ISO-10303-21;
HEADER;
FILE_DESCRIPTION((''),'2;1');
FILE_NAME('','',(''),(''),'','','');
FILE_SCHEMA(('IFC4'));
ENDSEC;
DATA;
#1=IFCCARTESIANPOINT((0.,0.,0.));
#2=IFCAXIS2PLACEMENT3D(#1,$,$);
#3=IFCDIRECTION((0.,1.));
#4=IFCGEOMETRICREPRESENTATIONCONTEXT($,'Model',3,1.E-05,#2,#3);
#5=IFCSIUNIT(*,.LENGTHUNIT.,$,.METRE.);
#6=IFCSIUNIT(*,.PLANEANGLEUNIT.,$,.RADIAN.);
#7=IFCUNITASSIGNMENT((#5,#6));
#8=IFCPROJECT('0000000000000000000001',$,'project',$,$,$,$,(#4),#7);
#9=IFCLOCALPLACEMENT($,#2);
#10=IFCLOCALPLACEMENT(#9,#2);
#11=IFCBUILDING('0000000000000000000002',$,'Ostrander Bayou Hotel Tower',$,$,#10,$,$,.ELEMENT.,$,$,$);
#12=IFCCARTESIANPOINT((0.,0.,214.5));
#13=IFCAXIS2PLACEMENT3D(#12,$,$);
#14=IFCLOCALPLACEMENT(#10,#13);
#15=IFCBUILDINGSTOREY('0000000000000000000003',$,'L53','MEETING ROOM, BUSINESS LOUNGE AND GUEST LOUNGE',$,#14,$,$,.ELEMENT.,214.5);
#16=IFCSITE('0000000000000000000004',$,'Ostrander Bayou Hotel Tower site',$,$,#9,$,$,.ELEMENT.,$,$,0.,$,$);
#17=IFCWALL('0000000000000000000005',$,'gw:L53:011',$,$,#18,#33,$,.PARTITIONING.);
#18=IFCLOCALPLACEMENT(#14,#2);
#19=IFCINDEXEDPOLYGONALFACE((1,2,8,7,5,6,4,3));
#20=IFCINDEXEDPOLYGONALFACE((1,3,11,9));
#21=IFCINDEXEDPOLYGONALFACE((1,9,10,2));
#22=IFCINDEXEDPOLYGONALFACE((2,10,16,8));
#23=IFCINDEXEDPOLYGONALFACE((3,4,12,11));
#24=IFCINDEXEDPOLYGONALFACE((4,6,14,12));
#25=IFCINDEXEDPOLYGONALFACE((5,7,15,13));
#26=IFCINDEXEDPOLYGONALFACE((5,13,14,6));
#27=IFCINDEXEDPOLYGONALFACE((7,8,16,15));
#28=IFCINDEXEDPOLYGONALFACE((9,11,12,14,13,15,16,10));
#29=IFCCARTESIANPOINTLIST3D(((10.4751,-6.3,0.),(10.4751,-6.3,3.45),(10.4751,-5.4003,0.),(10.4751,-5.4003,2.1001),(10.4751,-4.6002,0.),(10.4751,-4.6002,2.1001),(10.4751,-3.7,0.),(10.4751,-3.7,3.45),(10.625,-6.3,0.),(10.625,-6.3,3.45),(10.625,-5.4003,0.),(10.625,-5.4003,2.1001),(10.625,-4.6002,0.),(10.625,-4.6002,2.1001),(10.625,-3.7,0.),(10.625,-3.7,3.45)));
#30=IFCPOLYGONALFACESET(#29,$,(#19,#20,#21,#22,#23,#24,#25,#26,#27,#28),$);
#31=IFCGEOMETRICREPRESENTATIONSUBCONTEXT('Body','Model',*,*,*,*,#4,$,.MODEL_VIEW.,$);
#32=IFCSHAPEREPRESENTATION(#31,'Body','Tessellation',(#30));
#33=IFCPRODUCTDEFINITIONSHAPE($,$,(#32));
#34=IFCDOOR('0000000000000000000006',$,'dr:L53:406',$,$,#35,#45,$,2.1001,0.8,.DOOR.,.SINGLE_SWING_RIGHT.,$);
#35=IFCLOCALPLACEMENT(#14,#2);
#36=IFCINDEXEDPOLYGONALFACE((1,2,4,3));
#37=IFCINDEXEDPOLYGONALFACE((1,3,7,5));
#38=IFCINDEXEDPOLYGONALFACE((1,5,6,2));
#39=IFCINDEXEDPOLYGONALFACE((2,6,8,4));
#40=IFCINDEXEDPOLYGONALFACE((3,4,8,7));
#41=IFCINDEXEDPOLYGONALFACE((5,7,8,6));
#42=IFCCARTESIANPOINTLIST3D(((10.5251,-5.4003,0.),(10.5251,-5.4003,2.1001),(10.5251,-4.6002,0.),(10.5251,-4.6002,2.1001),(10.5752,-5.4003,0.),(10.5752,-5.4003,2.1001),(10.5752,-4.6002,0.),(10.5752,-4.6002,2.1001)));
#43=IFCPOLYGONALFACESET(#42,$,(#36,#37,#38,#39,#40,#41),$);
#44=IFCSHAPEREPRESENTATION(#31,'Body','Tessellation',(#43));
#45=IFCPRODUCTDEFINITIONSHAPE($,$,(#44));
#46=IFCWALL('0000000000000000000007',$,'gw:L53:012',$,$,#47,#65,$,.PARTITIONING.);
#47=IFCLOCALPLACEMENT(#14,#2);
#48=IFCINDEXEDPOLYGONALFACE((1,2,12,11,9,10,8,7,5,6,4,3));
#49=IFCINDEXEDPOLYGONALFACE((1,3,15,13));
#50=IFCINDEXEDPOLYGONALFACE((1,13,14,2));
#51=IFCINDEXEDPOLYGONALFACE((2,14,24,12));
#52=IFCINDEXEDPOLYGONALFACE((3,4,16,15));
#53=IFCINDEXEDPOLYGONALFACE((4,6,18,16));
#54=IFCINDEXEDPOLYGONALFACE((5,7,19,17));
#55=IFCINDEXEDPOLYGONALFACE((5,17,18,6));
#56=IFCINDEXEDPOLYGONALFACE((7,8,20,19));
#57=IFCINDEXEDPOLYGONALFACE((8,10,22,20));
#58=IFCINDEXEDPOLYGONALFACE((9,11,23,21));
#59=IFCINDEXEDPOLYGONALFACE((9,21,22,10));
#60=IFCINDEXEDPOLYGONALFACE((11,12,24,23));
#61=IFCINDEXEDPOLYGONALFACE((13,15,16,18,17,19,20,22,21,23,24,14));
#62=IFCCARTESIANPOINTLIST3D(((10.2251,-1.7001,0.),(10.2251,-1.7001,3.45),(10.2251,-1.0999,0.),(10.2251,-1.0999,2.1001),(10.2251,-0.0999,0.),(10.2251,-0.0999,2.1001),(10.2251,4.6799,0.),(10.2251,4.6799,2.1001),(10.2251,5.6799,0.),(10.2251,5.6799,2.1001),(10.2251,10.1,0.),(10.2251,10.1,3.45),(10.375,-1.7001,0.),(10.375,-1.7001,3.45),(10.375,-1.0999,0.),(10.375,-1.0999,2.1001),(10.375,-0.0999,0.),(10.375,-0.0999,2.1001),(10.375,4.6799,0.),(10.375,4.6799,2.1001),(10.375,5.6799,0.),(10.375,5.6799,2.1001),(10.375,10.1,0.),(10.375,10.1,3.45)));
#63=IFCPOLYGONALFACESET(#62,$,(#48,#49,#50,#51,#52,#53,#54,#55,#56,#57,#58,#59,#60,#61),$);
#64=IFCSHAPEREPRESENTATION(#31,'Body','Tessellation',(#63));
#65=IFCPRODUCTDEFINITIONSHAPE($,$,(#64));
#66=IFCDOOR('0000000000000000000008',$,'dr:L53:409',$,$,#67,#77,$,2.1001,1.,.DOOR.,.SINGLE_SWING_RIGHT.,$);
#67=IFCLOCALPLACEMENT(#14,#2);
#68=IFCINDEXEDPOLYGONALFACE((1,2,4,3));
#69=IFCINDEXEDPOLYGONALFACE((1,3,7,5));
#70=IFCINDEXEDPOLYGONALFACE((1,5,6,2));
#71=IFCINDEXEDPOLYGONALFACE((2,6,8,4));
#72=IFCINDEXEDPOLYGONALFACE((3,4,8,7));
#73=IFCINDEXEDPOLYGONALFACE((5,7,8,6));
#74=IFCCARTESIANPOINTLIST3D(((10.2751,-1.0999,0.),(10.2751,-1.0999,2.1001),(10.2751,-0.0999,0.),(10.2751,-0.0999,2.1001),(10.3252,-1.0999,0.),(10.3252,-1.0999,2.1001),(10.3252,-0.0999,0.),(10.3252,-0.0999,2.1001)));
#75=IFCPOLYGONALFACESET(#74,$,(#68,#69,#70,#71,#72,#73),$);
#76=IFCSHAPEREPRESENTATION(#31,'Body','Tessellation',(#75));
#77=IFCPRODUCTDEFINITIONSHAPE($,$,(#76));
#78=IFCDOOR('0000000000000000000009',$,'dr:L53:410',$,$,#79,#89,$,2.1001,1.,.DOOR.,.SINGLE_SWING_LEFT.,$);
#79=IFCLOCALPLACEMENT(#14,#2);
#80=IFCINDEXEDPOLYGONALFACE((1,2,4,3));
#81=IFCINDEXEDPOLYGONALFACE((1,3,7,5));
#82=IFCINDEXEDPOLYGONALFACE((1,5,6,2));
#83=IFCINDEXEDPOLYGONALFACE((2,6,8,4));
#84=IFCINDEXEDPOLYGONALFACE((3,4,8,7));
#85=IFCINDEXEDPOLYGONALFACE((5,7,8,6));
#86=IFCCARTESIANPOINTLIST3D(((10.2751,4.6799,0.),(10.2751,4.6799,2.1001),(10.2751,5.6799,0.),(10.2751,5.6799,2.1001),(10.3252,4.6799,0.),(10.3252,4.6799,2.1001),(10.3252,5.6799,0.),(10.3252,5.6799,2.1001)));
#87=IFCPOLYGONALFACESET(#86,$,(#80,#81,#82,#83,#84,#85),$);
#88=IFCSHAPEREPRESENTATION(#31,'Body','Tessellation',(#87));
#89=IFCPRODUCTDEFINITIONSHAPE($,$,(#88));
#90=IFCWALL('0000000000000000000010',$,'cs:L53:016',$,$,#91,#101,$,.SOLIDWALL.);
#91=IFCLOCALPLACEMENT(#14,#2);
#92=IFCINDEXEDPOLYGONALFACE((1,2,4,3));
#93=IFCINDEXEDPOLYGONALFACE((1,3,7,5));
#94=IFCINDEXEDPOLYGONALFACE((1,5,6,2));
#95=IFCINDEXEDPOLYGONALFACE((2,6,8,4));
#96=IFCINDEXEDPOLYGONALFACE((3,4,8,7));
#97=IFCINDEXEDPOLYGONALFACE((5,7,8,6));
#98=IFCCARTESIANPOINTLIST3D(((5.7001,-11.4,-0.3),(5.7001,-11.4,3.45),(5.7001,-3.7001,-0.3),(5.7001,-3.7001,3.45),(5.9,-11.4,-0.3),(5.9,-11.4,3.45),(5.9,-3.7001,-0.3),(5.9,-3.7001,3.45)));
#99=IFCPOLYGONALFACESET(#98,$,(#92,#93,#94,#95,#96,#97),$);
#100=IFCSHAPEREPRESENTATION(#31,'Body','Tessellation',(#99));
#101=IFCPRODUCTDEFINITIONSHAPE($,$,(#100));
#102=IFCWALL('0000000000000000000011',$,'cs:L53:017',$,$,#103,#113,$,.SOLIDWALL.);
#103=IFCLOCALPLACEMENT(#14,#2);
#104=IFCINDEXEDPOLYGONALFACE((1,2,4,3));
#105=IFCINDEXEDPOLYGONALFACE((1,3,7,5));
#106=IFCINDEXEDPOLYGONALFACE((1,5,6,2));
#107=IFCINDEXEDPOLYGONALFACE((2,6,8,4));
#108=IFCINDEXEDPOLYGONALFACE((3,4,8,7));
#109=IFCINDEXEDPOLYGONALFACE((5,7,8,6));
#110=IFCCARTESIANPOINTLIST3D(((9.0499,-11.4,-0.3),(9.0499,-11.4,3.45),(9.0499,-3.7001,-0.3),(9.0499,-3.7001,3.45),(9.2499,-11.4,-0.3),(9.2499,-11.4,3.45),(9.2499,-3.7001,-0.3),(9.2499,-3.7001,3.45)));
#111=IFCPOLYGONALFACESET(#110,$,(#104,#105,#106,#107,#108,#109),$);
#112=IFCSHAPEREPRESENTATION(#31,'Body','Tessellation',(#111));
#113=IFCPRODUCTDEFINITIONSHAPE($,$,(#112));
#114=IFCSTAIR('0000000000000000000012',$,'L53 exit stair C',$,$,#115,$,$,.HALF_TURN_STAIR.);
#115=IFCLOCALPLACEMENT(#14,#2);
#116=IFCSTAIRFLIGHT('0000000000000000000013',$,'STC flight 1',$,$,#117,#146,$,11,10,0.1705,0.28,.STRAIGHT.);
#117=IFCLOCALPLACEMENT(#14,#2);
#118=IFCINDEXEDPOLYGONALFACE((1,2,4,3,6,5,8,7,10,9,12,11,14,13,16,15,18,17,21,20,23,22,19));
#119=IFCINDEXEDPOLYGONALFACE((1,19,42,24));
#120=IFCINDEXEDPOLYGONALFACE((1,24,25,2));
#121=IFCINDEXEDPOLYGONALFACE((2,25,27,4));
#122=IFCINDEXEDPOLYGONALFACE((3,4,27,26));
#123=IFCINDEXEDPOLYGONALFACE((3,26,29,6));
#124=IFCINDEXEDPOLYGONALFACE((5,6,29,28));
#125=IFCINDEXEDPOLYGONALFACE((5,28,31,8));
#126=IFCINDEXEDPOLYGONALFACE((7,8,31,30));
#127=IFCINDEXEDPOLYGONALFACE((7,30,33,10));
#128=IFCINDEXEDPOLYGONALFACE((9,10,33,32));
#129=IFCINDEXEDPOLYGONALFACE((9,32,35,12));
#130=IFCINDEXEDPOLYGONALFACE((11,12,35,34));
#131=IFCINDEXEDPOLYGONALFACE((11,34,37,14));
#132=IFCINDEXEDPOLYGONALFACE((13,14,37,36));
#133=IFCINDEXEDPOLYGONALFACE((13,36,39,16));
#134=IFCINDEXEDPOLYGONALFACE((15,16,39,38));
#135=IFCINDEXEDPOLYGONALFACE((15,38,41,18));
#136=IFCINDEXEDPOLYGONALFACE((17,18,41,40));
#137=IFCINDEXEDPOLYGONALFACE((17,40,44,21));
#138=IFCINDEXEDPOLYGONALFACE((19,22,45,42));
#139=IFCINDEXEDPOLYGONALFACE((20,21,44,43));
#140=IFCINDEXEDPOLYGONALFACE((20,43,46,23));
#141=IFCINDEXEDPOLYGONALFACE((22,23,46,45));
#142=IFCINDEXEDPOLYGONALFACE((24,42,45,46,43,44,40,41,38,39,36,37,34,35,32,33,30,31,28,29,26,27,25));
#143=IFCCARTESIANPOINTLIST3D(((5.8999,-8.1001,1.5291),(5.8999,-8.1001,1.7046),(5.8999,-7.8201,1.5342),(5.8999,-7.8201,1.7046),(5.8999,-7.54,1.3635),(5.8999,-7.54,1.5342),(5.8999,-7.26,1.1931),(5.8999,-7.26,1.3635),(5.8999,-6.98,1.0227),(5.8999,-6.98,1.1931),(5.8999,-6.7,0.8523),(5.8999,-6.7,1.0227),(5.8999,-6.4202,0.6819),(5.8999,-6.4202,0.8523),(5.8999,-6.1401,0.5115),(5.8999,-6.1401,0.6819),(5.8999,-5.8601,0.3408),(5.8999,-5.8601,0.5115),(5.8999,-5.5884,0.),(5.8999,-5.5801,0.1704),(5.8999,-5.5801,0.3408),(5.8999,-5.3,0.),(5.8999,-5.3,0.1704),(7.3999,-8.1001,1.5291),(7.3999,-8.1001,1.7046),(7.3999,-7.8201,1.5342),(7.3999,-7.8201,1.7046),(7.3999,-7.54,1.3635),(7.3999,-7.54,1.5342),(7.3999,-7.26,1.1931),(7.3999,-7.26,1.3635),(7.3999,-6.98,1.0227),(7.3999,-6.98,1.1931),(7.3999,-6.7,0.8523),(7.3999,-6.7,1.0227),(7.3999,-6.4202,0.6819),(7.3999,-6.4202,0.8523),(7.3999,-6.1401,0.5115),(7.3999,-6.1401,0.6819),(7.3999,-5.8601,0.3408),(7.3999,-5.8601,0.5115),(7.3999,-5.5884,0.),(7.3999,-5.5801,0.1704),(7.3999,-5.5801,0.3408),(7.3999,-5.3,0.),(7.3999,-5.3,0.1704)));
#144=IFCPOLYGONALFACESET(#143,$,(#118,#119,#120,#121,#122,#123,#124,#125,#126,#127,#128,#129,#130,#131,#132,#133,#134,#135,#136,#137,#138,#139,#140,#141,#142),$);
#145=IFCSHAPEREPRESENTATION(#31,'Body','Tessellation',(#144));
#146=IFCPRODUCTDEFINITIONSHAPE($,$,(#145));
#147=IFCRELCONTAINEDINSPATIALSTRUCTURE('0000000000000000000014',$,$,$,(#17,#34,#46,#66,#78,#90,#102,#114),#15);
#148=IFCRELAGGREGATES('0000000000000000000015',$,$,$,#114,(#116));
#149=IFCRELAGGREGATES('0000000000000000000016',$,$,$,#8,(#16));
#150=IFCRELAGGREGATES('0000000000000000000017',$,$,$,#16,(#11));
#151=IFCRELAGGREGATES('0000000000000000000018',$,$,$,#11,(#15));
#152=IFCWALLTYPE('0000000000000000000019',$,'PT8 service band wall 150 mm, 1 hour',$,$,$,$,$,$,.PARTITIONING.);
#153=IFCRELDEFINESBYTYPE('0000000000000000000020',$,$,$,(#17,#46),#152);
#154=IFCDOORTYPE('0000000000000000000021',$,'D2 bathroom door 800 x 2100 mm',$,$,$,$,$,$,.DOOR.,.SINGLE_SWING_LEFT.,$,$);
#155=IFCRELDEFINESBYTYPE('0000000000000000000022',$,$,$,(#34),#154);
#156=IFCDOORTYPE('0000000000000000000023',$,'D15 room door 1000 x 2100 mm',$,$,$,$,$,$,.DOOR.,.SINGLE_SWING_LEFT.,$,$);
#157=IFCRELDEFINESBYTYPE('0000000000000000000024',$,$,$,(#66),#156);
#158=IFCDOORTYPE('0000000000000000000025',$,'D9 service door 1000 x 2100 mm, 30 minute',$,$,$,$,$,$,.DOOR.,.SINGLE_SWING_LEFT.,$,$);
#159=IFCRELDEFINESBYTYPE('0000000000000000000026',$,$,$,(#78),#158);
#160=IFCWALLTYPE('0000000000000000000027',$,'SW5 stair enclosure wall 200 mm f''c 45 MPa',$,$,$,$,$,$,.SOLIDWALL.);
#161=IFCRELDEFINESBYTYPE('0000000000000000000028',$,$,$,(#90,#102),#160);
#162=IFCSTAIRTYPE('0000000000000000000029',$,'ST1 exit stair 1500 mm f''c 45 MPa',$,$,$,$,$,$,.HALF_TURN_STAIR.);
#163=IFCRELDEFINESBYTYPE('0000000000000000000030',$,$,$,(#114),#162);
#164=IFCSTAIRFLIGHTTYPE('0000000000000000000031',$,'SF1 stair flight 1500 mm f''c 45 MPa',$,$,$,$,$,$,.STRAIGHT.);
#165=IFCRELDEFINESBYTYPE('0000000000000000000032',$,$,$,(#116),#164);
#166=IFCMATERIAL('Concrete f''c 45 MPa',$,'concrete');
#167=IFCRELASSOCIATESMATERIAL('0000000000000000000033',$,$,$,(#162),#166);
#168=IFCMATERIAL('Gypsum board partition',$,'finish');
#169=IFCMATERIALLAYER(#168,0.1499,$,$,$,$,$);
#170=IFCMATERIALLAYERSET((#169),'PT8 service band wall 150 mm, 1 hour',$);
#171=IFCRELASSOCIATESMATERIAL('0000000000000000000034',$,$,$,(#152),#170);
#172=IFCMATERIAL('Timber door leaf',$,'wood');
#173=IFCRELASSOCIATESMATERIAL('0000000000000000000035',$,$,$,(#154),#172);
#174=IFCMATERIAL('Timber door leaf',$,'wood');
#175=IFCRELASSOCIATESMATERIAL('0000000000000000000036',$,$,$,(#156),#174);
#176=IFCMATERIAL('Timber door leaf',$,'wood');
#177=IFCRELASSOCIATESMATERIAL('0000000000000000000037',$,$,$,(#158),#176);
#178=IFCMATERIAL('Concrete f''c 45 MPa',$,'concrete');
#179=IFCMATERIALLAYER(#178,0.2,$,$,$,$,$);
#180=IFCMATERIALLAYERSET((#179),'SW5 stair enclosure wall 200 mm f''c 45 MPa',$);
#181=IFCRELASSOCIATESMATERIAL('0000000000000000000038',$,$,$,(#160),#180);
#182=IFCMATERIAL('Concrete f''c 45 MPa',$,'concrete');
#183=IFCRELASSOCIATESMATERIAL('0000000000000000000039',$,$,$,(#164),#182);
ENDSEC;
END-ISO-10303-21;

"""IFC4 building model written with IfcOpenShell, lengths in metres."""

from ifc_helpers import new_model, si_unit, direction, frame, frame_2d, origin, place, context, subcontext, project, spatial, polyline, rectangle, outline, extrude, material, layer, layer_set, type_object, element, fill, aggregate, save


model = new_model("IFC4")

# Units and contexts
model_context = context("Model", 3, precision=1e-05, world=origin(), true_north=direction((0.0, 1.0)))
body_context = subcontext(model_context, "Body", "Model", "MODEL_VIEW")
ifc_project = project(units=[si_unit("LENGTHUNIT", "METRE"), si_unit("PLANEANGLEUNIT", "RADIAN")], contexts=[model_context])

# Site, building, storey
site_placement = place(None, origin())
site = spatial("IfcSite", under=ifc_project, at=site_placement, Name="Ostrander Bayou Hotel Tower site", CompositionType="ELEMENT", RefElevation=0.0)
building_placement = place(site_placement, origin())
building = spatial("IfcBuilding", under=site, at=building_placement, Name="Ostrander Bayou Hotel Tower", CompositionType="ELEMENT")
storey_placement = place(building_placement, frame((0.0, 0.0, 214.5)))
storey = spatial("IfcBuildingStorey", under=building, at=storey_placement, Name="L53", Description="MEETING ROOM, BUSINESS LOUNGE AND GUEST LOUNGE", CompositionType="ELEMENT", Elevation=214.5)

# Shared definitions
ifc_material_1 = material(Name="Concrete f'c 45 MPa", Category="concrete")
stair_type = type_object("IfcStairType", Name="ST1 exit stair 1500 mm f'c 45 MPa", PredefinedType="HALF_TURN_STAIR", material=ifc_material_1)

# Shared definitions
ifc_material_2 = material(Name="Gypsum board partition", Category="finish")
ifc_layer_1 = layer(ifc_material_2, 0.1499)
ifc_layer_set_1 = layer_set([ifc_layer_1], Name="PT8 service band wall 150 mm, 1 hour")
wall_type_1 = type_object("IfcWallType", Name="PT8 service band wall 150 mm, 1 hour", PredefinedType="PARTITIONING", material=ifc_layer_set_1)

# Wall, opening, door
wall_1_placement = place(storey_placement, frame((10.55, -6.3, 0.0), z_axis=(0.0, 0.0, 1.0), x_axis=(0.0, 1.0, 0.0)))
wall_1 = element("IfcWall", 1, at=wall_1_placement, inside=storey, type_object=wall_type_1, Name="gw:L53:011", PredefinedType="PARTITIONING", context=body_context, shape_type="SweptSolid", body=[
    extrude(rectangle(XDim=2.6001, YDim=0.1499, at=frame_2d((1.3, 0.0))), origin(), (0.0, 0.0, 1.0), 3.45),
])
opening_1_placement = place(wall_1_placement, frame((0.8999, 0.0, 0.0)))
opening_1 = element("IfcOpeningElement", 2, at=opening_1_placement, cuts=wall_1, PredefinedType="OPENING", context=body_context, shape_type="SweptSolid", body=[
    extrude(rectangle(XDim=0.8, YDim=2.1001, at=frame_2d((0.3999, 1.05))), frame((0.0, 0.075, 0.0), z_axis=(0.0, -1.0, 0.0), x_axis=(1.0, 0.0, 0.0)), (0.0, 0.0, 1.0), 0.1499),
])
ifc_material_3 = material(Name="Timber door leaf", Category="wood")
door_type_1 = type_object("IfcDoorType", Name="D2 bathroom door 800 x 2100 mm", OperationType="SINGLE_SWING_LEFT", PredefinedType="DOOR", material=ifc_material_3)
door_1_placement = place(opening_1_placement, origin())
door_1 = element("IfcDoor", 3, at=door_1_placement, inside=storey, type_object=door_type_1, Name="dr:L53:406", OperationType="SINGLE_SWING_RIGHT", OverallHeight=2.1001, OverallWidth=0.8, PredefinedType="DOOR", context=body_context, shape_type="SweptSolid", body=[
    extrude(rectangle(XDim=0.8, YDim=2.1001, at=frame_2d((0.3999, 1.05))), frame((0.0, 0.0249, 0.0), z_axis=(0.0, -1.0, 0.0), x_axis=(1.0, 0.0, 0.0)), (0.0, 0.0, 1.0), 0.05),
])
fill(opening_1, door_1)

# Wall, openings, doors
wall_2_placement = place(storey_placement, frame((10.3, -1.7, 0.0), z_axis=(0.0, 0.0, 1.0), x_axis=(0.0, 1.0, 0.0)))
wall_2 = element("IfcWall", 4, at=wall_2_placement, inside=storey, type_object=wall_type_1, Name="gw:L53:012", PredefinedType="PARTITIONING", context=body_context, shape_type="SweptSolid", body=[
    extrude(rectangle(XDim=11.8, YDim=0.1499, at=frame_2d((5.8999, 0.0))), origin(), (0.0, 0.0, 1.0), 3.45),
])
opening_2_placement = place(wall_2_placement, frame((0.6001, 0.0, 0.0)))
opening_2 = element("IfcOpeningElement", 5, at=opening_2_placement, cuts=wall_2, PredefinedType="OPENING", context=body_context, shape_type="SweptSolid", body=[
    extrude(rectangle(XDim=1.0, YDim=2.1001, at=frame_2d((0.5, 1.05))), frame((0.0, 0.075, 0.0), z_axis=(0.0, -1.0, 0.0), x_axis=(1.0, 0.0, 0.0)), (0.0, 0.0, 1.0), 0.1499),
])
opening_3_placement = place(wall_2_placement, frame((6.3799, 0.0, 0.0)))
opening_3 = element("IfcOpeningElement", 6, at=opening_3_placement, cuts=wall_2, PredefinedType="OPENING", context=body_context, shape_type="SweptSolid", body=[
    extrude(rectangle(XDim=1.0, YDim=2.1001, at=frame_2d((0.5, 1.05))), frame((0.0, 0.075, 0.0), z_axis=(0.0, -1.0, 0.0), x_axis=(1.0, 0.0, 0.0)), (0.0, 0.0, 1.0), 0.1499),
])
ifc_material_4 = material(Name="Timber door leaf", Category="wood")
door_type_2 = type_object("IfcDoorType", Name="D15 room door 1000 x 2100 mm", OperationType="SINGLE_SWING_LEFT", PredefinedType="DOOR", material=ifc_material_4)
door_2_placement = place(opening_2_placement, origin())
door_2 = element("IfcDoor", 7, at=door_2_placement, inside=storey, type_object=door_type_2, Name="dr:L53:409", OperationType="SINGLE_SWING_RIGHT", OverallHeight=2.1001, OverallWidth=1.0, PredefinedType="DOOR", context=body_context, shape_type="SweptSolid", body=[
    extrude(rectangle(XDim=1.0, YDim=2.1001, at=frame_2d((0.5, 1.05))), frame((0.0, 0.0249, 0.0), z_axis=(0.0, -1.0, 0.0), x_axis=(1.0, 0.0, 0.0)), (0.0, 0.0, 1.0), 0.05),
])
fill(opening_2, door_2)
ifc_material_5 = material(Name="Timber door leaf", Category="wood")
door_type_3 = type_object("IfcDoorType", Name="D9 service door 1000 x 2100 mm, 30 minute", OperationType="SINGLE_SWING_LEFT", PredefinedType="DOOR", material=ifc_material_5)
door_3_placement = place(opening_3_placement, origin())
door_3 = element("IfcDoor", 8, at=door_3_placement, inside=storey, type_object=door_type_3, Name="dr:L53:410", OperationType="SINGLE_SWING_LEFT", OverallHeight=2.1001, OverallWidth=1.0, PredefinedType="DOOR", context=body_context, shape_type="SweptSolid", body=[
    extrude(rectangle(XDim=1.0, YDim=2.1001, at=frame_2d((0.5, 1.05))), frame((0.0, 0.0249, 0.0), z_axis=(0.0, -1.0, 0.0), x_axis=(1.0, 0.0, 0.0)), (0.0, 0.0, 1.0), 0.05),
])
fill(opening_3, door_3)

# Shared definitions
ifc_material_6 = material(Name="Concrete f'c 45 MPa", Category="concrete")
ifc_layer_2 = layer(ifc_material_6, 0.2)
ifc_layer_set_2 = layer_set([ifc_layer_2], Name="SW5 stair enclosure wall 200 mm f'c 45 MPa")
wall_type_2 = type_object("IfcWallType", Name="SW5 stair enclosure wall 200 mm f'c 45 MPa", PredefinedType="SOLIDWALL", material=ifc_layer_set_2)

# Walls
for number, where, z_axis, x_axis, name in (
    (9, (5.8, -3.7, -0.3), (0.0, 0.0, 1.0), (0.0, -1.0, 0.0), "cs:L53:016"),
    (10, (9.1499, -3.7, -0.3), (0.0, 0.0, 1.0), (0.0, -1.0, 0.0), "cs:L53:017"),
):
    element("IfcWall", number, at=place(storey_placement, frame(where, z_axis=z_axis, x_axis=x_axis)), inside=storey, type_object=wall_type_2, Name=name, PredefinedType="SOLIDWALL", context=body_context, shape_type="SweptSolid", body=[
        extrude(rectangle(XDim=7.7, YDim=0.2, at=frame_2d((3.8501, 0.0))), origin(), (0.0, 0.0, 1.0), 3.75),
    ])

# Stair, stair flight
stair_1_placement = place(storey_placement, origin())
stair_1 = element("IfcStair", 11, at=stair_1_placement, inside=storey, type_object=stair_type, Name="L53 exit stair C", PredefinedType="HALF_TURN_STAIR")
ifc_material_7 = material(Name="Concrete f'c 45 MPa", Category="concrete")
stair_flight_type = type_object("IfcStairFlightType", Name="SF1 stair flight 1500 mm f'c 45 MPa", PredefinedType="STRAIGHT", material=ifc_material_7)
stair_flight_1_placement = place(storey_placement, frame((6.6499, -5.3, 0.0), z_axis=(0.0, 0.0, 1.0), x_axis=(0.0, -1.0, 0.0)))
stair_flight_1 = element("IfcStairFlight", 12, at=stair_flight_1_placement, type_object=stair_flight_type, Name="STC flight 1", NumberOfRisers=11, NumberOfTreads=10, PredefinedType="STRAIGHT", RiserHeight=0.1705, TreadLength=0.28, context=body_context, shape_type="SweptSolid", body=[
    extrude(outline(polyline([(0.0, 0.0), (0.0, 0.1704), (0.28, 0.1704), (0.28, 0.3408), (0.5601, 0.3408), (0.5601, 0.5115), (0.8401, 0.5115), (0.8401, 0.6819), (1.1201, 0.6819), (1.1201, 0.8523), (1.3999, 0.8523), (1.3999, 1.0227), (1.6799, 1.0227), (1.6799, 1.1931), (1.96, 1.1931), (1.96, 1.3635), (2.24, 1.3635), (2.24, 1.5342), (2.52, 1.5342), (2.52, 1.7046), (2.8, 1.7046), (2.8, 1.875), (2.8, 1.5291), (0.2883, 0.0), (0.0, 0.0)])), frame((0.0, 0.75, 0.0), z_axis=(0.0, -1.0, 0.0), x_axis=(1.0, 0.0, 0.0)), (0.0, 0.0, 1.0), 1.5),
])
aggregate(stair_1, [stair_flight_1])

save(model, "model.ifc")
